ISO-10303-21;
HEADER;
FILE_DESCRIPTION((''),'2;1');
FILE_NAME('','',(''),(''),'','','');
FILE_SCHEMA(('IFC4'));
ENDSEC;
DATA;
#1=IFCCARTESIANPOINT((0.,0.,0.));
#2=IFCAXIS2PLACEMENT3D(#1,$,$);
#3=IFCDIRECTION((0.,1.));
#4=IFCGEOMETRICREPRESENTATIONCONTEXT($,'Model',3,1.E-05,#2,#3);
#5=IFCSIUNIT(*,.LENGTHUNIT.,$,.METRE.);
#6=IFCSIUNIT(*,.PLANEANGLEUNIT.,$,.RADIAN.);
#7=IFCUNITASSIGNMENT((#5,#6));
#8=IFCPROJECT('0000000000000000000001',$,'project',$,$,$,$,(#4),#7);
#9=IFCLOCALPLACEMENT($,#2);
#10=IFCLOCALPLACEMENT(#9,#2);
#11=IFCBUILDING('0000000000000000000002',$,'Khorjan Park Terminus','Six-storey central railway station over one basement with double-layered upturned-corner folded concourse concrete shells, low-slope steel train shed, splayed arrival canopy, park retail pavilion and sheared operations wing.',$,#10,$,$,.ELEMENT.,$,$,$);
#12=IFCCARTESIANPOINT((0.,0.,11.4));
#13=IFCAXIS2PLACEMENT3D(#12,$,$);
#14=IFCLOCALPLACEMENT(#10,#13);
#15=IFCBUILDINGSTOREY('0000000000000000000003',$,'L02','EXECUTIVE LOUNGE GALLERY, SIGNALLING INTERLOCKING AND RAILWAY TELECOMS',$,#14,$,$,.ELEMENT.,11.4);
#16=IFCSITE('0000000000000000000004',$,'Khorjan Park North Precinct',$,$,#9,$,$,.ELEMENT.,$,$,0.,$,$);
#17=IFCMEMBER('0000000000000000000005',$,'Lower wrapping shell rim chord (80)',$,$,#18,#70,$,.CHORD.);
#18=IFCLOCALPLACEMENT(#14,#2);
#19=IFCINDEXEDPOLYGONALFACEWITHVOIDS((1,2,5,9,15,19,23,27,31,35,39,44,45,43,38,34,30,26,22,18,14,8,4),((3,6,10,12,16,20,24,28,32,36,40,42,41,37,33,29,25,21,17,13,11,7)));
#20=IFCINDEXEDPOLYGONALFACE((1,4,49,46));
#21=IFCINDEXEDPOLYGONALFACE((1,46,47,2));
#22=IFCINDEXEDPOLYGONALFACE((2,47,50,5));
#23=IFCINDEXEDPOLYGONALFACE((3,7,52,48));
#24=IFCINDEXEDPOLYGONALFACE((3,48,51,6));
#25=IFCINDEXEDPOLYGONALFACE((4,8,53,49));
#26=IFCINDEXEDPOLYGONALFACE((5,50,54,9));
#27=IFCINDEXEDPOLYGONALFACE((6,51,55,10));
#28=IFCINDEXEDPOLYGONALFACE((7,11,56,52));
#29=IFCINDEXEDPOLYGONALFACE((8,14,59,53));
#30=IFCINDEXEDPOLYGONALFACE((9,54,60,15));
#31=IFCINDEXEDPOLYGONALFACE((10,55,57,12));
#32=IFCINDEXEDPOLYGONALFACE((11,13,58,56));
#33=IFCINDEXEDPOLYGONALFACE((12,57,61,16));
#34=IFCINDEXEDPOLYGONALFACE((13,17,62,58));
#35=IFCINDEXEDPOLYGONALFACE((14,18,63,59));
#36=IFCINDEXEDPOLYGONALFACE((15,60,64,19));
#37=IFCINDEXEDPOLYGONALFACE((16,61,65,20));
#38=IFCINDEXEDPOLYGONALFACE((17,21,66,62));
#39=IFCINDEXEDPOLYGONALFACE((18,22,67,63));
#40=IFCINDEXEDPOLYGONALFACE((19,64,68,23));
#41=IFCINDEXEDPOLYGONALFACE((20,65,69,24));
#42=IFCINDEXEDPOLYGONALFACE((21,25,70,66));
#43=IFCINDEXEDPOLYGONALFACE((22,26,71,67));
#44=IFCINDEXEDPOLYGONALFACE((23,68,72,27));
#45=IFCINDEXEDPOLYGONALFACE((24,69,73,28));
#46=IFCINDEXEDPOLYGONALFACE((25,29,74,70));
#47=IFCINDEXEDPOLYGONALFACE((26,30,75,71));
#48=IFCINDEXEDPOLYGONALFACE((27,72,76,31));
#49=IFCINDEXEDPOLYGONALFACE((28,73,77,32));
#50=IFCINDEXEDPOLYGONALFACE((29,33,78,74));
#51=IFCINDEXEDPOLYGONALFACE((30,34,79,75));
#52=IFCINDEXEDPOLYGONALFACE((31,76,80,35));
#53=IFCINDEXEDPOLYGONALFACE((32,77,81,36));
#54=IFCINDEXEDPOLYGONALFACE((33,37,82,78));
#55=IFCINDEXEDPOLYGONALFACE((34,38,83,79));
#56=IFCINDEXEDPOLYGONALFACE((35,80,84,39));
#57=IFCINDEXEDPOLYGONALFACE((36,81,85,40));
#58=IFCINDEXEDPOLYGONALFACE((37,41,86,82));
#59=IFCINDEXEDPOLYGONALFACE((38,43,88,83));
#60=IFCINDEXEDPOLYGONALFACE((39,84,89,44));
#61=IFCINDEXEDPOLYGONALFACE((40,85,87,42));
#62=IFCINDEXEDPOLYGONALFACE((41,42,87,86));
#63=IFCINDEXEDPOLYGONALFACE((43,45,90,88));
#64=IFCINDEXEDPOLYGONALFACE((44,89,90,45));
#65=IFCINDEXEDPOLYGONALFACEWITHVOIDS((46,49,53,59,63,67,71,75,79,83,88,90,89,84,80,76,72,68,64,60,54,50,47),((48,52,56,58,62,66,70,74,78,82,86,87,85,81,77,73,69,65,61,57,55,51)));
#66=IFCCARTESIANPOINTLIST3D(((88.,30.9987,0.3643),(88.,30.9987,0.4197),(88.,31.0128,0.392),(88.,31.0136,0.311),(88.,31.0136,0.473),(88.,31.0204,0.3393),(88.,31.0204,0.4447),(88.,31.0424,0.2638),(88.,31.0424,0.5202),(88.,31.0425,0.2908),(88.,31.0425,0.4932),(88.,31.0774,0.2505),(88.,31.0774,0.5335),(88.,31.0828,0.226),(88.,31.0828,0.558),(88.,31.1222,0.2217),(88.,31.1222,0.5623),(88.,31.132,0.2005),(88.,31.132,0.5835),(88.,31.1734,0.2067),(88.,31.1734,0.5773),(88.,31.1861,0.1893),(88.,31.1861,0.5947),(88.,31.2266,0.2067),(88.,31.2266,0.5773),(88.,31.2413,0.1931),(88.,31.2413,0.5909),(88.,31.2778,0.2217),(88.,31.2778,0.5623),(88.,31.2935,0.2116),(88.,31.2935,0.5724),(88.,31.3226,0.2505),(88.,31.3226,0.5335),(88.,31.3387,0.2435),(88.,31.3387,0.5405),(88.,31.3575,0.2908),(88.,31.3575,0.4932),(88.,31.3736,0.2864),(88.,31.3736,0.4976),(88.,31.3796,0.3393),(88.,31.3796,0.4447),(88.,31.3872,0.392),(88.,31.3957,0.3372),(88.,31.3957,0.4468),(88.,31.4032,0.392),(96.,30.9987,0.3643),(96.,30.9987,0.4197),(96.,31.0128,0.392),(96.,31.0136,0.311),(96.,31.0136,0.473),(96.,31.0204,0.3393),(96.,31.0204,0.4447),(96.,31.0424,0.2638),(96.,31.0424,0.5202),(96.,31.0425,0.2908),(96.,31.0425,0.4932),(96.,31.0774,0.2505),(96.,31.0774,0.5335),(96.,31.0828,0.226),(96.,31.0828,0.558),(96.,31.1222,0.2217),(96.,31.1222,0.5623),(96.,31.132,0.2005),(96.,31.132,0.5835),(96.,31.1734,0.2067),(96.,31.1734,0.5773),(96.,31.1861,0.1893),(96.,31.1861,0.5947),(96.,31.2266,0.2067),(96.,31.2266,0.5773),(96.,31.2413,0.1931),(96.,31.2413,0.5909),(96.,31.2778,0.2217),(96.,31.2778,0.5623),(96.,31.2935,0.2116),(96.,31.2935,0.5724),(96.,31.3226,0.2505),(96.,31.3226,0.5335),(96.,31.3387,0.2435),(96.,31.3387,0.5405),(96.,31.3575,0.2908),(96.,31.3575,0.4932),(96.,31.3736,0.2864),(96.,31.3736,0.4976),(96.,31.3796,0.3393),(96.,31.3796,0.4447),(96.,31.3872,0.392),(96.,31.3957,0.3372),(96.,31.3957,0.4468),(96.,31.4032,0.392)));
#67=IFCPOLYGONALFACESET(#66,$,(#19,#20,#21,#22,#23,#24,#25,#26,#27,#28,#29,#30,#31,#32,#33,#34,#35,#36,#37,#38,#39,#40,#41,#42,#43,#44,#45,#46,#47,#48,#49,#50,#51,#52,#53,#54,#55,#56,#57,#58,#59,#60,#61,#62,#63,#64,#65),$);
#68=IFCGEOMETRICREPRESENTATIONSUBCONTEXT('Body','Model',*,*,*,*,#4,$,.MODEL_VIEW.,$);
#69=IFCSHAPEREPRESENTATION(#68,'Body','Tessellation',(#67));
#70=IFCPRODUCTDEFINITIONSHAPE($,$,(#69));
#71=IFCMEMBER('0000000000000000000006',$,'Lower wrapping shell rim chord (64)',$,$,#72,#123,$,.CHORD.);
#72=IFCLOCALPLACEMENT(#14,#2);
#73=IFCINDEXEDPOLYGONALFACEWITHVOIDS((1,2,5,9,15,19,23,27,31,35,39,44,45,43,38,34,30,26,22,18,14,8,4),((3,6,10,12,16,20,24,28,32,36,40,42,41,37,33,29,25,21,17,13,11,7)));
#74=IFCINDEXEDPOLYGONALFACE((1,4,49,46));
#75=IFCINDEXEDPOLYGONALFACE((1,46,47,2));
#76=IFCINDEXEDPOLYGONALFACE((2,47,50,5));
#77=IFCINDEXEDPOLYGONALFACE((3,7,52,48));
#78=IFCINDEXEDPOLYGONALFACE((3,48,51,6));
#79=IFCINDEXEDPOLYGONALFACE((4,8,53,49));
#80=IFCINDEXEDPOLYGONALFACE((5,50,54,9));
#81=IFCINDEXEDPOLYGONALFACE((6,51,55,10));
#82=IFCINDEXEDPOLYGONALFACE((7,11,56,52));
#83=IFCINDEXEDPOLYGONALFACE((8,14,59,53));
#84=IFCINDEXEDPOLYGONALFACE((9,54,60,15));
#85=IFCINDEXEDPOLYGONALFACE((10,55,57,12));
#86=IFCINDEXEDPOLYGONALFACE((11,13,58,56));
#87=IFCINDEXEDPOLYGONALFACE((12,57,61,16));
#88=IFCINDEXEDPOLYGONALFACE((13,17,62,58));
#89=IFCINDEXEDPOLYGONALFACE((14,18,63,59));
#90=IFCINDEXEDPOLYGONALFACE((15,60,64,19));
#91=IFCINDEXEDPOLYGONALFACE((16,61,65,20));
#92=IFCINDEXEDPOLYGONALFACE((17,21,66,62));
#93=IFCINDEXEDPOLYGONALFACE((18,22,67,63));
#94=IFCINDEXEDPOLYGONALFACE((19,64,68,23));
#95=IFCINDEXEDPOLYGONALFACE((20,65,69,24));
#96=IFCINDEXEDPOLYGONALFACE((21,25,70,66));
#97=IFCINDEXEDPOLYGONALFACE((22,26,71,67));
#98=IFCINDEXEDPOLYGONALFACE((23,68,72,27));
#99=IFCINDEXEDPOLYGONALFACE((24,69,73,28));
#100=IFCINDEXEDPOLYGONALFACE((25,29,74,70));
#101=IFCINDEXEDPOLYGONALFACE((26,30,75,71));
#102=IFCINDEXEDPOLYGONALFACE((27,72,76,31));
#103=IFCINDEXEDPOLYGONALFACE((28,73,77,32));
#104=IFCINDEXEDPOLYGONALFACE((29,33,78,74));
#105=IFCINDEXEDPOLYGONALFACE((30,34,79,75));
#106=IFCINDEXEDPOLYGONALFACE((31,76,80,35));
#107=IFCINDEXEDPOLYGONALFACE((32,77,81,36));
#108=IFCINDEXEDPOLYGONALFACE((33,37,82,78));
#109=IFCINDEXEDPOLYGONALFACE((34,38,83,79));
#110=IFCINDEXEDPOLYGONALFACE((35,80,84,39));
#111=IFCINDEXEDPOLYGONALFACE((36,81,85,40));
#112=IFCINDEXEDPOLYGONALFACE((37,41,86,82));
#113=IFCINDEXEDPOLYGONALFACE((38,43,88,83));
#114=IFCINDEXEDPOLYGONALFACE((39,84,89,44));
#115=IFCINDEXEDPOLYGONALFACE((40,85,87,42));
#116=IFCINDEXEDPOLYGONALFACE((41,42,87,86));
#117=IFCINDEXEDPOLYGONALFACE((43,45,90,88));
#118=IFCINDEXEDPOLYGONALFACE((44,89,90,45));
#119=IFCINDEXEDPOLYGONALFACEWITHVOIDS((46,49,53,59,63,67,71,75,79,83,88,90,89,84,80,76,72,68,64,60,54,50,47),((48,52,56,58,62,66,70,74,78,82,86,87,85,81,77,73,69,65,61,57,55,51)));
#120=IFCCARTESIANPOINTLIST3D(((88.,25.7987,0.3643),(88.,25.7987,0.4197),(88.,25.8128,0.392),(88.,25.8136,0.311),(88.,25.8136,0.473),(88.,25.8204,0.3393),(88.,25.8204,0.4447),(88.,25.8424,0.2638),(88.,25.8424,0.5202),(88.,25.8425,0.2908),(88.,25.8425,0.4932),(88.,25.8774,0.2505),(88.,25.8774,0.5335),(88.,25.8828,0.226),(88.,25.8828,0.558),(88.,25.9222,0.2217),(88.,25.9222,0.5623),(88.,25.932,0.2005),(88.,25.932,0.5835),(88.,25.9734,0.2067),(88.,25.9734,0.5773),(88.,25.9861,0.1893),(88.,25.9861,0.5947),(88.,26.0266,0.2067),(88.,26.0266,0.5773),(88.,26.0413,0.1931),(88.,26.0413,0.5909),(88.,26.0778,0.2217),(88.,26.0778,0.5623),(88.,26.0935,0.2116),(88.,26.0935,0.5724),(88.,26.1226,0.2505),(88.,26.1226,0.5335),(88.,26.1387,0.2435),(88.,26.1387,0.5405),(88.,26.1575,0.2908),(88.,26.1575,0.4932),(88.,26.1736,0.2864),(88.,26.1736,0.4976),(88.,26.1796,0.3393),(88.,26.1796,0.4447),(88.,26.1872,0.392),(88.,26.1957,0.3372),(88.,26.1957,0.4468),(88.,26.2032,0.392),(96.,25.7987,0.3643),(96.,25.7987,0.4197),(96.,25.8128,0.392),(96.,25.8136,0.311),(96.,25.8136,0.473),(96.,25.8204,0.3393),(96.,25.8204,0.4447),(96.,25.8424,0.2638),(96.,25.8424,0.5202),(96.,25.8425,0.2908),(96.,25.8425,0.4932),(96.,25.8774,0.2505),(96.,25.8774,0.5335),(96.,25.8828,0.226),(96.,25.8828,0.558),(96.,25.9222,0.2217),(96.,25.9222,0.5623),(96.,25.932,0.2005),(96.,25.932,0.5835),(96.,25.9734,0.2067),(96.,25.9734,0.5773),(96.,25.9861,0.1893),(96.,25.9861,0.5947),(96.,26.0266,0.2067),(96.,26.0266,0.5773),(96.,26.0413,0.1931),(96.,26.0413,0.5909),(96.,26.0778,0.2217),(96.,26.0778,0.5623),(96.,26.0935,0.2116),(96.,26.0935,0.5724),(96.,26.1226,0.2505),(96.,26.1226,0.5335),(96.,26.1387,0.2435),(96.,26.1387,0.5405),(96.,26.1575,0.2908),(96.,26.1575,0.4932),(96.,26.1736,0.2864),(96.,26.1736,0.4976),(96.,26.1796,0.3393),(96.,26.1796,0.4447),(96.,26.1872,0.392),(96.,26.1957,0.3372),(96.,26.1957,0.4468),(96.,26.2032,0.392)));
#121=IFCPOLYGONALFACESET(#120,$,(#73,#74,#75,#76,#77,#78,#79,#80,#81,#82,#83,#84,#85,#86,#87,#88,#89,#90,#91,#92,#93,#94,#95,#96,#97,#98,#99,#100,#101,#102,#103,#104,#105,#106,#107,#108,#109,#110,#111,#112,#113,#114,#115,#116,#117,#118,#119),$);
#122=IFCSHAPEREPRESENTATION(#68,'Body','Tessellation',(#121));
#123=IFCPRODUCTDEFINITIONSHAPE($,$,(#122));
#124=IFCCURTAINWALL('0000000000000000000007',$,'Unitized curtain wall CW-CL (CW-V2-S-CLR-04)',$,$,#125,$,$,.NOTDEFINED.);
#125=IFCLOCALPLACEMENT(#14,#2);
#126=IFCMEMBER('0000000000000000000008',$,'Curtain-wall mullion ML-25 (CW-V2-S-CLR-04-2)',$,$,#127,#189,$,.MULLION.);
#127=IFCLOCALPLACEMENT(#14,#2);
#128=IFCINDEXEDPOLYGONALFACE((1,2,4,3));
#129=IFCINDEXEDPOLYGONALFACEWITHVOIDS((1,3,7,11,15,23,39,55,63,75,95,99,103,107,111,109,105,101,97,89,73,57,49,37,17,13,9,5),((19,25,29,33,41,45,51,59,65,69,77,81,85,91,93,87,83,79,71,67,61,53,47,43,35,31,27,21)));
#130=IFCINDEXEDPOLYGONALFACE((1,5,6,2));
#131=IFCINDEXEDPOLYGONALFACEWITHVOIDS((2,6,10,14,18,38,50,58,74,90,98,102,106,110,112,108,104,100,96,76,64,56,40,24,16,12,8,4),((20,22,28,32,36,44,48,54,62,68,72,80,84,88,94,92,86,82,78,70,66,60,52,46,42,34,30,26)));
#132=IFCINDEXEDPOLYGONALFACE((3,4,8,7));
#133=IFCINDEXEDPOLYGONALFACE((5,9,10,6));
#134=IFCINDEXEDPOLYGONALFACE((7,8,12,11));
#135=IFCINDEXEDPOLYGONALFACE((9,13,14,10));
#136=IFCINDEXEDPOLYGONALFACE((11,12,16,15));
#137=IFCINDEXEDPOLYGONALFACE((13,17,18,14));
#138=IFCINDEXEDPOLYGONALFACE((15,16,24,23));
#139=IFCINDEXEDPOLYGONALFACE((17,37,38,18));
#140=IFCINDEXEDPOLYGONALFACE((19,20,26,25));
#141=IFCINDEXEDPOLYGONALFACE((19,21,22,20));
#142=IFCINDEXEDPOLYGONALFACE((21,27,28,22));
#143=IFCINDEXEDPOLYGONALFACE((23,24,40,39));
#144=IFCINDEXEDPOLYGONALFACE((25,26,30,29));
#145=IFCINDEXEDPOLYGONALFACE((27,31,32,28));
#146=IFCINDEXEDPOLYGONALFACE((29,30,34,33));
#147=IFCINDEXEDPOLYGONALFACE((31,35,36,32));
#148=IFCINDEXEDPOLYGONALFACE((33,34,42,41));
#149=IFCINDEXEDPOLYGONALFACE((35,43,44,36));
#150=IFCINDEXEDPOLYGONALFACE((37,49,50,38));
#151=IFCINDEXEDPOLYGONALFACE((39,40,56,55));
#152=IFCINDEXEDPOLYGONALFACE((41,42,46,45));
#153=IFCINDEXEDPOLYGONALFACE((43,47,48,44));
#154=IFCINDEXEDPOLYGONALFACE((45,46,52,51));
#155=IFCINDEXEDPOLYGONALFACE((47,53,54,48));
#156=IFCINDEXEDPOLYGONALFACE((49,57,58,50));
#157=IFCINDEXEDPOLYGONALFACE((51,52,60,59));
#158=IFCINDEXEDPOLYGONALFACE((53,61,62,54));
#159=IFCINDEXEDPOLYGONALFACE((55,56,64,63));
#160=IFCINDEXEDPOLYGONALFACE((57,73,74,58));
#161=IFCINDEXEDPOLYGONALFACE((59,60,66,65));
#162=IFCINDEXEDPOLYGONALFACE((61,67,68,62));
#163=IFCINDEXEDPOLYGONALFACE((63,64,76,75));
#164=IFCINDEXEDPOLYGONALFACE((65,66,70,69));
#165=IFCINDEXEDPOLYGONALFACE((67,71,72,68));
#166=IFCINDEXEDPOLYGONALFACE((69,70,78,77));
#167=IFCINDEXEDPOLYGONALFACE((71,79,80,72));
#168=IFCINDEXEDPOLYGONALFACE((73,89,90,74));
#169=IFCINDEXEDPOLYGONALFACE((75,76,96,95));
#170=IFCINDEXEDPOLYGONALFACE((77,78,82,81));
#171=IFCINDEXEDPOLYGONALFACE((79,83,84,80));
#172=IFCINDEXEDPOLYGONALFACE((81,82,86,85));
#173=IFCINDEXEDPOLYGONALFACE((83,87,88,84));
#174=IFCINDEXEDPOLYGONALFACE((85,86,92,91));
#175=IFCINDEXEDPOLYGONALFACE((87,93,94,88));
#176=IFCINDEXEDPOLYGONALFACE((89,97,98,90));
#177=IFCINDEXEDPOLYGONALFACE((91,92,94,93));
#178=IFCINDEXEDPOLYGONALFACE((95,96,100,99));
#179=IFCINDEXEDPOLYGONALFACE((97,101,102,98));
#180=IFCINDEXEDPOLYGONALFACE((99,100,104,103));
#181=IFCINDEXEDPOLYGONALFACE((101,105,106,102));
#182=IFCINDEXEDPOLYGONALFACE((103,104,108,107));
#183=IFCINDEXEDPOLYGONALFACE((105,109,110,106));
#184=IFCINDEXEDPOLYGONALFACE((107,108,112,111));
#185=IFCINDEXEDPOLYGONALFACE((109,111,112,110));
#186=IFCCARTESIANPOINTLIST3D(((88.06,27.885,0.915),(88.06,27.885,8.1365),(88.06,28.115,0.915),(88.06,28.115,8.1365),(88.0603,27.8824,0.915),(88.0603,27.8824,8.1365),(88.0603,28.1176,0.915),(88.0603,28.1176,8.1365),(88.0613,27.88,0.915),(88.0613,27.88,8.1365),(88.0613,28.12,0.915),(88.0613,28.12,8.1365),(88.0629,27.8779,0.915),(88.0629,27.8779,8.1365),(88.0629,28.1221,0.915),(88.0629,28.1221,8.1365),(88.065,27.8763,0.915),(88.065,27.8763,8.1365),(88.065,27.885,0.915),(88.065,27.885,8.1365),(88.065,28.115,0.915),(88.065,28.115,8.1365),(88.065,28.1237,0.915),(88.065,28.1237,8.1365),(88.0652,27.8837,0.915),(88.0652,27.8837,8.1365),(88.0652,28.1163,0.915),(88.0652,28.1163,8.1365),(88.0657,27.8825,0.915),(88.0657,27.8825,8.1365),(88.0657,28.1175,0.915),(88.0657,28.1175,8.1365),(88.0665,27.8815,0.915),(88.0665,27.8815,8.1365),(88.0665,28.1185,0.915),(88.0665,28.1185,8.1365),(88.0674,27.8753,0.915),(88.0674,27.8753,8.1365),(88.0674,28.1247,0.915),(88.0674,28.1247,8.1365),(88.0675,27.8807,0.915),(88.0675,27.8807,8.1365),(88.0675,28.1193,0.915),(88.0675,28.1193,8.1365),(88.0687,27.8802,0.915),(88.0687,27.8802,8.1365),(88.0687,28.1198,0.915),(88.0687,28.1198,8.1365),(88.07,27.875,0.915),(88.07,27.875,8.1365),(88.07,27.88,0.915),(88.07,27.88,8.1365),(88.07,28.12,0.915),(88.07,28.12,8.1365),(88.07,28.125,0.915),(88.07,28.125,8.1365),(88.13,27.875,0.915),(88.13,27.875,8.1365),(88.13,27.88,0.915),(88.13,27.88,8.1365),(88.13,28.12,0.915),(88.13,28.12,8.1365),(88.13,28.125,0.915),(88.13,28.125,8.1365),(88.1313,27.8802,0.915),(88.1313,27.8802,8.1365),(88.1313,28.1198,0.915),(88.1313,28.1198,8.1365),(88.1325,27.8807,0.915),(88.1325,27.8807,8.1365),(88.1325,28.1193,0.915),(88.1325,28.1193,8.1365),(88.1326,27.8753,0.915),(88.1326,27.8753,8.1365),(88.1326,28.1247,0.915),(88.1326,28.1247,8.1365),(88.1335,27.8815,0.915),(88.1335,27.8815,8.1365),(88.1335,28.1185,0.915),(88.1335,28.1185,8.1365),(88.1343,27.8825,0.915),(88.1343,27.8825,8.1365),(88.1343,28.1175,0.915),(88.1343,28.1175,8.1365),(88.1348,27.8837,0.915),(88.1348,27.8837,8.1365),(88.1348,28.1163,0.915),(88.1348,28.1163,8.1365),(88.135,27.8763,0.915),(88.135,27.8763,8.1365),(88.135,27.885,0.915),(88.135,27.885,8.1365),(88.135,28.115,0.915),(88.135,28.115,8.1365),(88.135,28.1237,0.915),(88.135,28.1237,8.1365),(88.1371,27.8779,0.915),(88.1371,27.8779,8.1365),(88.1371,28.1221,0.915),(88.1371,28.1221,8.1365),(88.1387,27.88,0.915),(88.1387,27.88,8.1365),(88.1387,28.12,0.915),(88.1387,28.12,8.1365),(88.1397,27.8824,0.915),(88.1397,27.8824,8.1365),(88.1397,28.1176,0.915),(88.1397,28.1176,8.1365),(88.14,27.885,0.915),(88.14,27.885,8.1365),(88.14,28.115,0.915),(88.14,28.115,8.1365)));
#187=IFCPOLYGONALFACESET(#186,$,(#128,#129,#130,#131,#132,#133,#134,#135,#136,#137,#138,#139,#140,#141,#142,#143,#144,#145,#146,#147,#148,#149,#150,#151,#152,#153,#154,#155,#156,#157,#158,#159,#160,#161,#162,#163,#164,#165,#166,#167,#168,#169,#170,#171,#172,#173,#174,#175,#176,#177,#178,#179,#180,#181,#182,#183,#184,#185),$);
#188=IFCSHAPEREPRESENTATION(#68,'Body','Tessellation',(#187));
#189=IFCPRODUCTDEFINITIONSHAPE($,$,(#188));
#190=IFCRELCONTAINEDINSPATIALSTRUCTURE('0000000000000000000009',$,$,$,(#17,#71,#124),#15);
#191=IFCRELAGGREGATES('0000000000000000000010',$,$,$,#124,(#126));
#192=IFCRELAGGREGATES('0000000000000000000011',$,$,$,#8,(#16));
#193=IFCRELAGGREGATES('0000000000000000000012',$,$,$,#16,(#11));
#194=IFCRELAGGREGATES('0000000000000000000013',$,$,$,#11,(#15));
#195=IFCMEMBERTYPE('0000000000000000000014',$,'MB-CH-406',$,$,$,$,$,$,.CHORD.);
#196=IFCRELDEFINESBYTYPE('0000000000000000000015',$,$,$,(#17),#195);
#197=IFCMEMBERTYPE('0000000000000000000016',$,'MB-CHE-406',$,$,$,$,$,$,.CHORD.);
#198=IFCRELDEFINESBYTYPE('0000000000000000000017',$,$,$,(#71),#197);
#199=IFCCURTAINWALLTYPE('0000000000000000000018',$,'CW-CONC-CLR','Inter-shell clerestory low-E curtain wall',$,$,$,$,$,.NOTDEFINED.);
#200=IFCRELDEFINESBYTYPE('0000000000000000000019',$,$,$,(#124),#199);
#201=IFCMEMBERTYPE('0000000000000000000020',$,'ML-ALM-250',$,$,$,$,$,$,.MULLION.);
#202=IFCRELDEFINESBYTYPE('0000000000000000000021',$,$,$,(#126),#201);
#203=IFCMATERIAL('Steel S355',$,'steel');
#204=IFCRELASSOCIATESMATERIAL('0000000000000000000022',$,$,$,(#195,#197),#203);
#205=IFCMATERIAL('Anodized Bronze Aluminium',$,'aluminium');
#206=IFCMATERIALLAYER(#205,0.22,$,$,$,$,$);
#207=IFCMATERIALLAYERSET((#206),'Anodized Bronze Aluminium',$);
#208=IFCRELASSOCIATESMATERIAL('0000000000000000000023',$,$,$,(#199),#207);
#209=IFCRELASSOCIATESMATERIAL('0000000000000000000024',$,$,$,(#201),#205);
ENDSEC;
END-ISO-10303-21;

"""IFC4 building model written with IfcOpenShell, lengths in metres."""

from ifc_helpers import new_model, si_unit, direction, frame, origin, origin_2d, place, context, subcontext, project, spatial, hollow_rectangle, hollow_circle, extrude, material, layer, layer_set, material_profile, profile_set, type_object, element, aggregate, save


model = new_model("IFC4")

# Units and contexts
model_context = context("Model", 3, precision=1e-05, world=origin(), true_north=direction((0.0, 1.0)))
body_context = subcontext(model_context, "Body", "Model", "MODEL_VIEW")
ifc_project = project(units=[si_unit("LENGTHUNIT", "METRE"), si_unit("PLANEANGLEUNIT", "RADIAN")], contexts=[model_context])

# Site, building, storey
site_placement = place(None, origin())
site = spatial("IfcSite", under=ifc_project, at=site_placement, Name="Khorjan Park North Precinct", CompositionType="ELEMENT", RefElevation=0.0)
building_placement = place(site_placement, origin())
building = spatial("IfcBuilding", under=site, at=building_placement, Name="Khorjan Park Terminus", Description="Six-storey central railway station over one basement with double-layered upturned-corner folded concourse concrete shells, low-slope steel train shed, splayed arrival canopy, park retail pavilion and sheared operations wing.", CompositionType="ELEMENT")
storey_placement = place(building_placement, frame((0.0, 0.0, 11.4)))
storey = spatial("IfcBuildingStorey", under=building, at=storey_placement, Name="L02", Description="EXECUTIVE LOUNGE GALLERY, SIGNALLING INTERLOCKING AND RAILWAY TELECOMS", CompositionType="ELEMENT", Elevation=11.4)

# Members
ifc_material_1 = material(Name="Steel S355", Category="steel")
ifc_material_profile_1 = material_profile(ifc_material_1, hollow_circle(Radius=0.2032, WallThickness=0.016, at=origin_2d()), Name="CHS 406.4x16")
ifc_profile_set_1 = profile_set([ifc_material_profile_1], Name="Steel S355")
member_type_1 = type_object("IfcMemberType", Name="MB-CH-406", PredefinedType="CHORD", material=ifc_profile_set_1)
member_1_placement = place(storey_placement, frame((88.0, 31.2, 0.392), z_axis=(1.0, 0.0, 0.0), x_axis=(0.0, 1.0, 0.0)))
element("IfcMember", 1, at=member_1_placement, inside=storey, type_object=member_type_1, Name="Lower wrapping shell rim chord (80)", PredefinedType="CHORD", context=body_context, shape_type="SweptSolid", body=[
    extrude(hollow_circle(Radius=0.2032, WallThickness=0.016, at=origin_2d()), origin(), (0.0, 0.0, 1.0), 8.0),
])
ifc_material_profile_2 = material_profile(ifc_material_1, hollow_circle(Radius=0.2032, WallThickness=0.016, at=origin_2d()), Name="CHS 406.4x16")
ifc_profile_set_2 = profile_set([ifc_material_profile_2], Name="Steel S355")
member_type_2 = type_object("IfcMemberType", Name="MB-CHE-406", PredefinedType="CHORD", material=ifc_profile_set_2)
member_2_placement = place(storey_placement, frame((88.0, 26.0, 0.392), z_axis=(1.0, 0.0, 0.0), x_axis=(0.0, 1.0, 0.0)))
element("IfcMember", 2, at=member_2_placement, inside=storey, type_object=member_type_2, Name="Lower wrapping shell rim chord (64)", PredefinedType="CHORD", context=body_context, shape_type="SweptSolid", body=[
    extrude(hollow_circle(Radius=0.2032, WallThickness=0.016, at=origin_2d()), origin(), (0.0, 0.0, 1.0), 8.0),
])

# Curtain wall, member
ifc_material_2 = material(Name="Anodized Bronze Aluminium", Category="aluminium")
ifc_layer_1 = layer(ifc_material_2, 0.22)
ifc_layer_set_1 = layer_set([ifc_layer_1], Name="Anodized Bronze Aluminium")
curtain_wall_type = type_object("IfcCurtainWallType", Name="CW-CONC-CLR", Description="Inter-shell clerestory low-E curtain wall", PredefinedType="NOTDEFINED", material=ifc_layer_set_1)
curtain_wall_1_placement = place(storey_placement, origin())
curtain_wall_1 = element("IfcCurtainWall", 3, at=curtain_wall_1_placement, inside=storey, type_object=curtain_wall_type, Name="Unitized curtain wall CW-CL (CW-V2-S-CLR-04)", PredefinedType="NOTDEFINED")
ifc_material_profile_3 = material_profile(ifc_material_2, hollow_rectangle(XDim=0.08, YDim=0.25, WallThickness=0.005, InnerFilletRadius=0.005, OuterFilletRadius=0.01, at=origin_2d()), Name="ALM 80x250x5")
ifc_profile_set_3 = profile_set([ifc_material_profile_3], Name="Anodized Bronze Aluminium")
member_type_3 = type_object("IfcMemberType", Name="ML-ALM-250", PredefinedType="MULLION", material=ifc_profile_set_3)
member_3_placement = place(storey_placement, frame((88.1, 28.0, 0.915), z_axis=(0.0, 0.0, 1.0), x_axis=(1.0, 0.0, 0.0)))
member_3 = element("IfcMember", 4, at=member_3_placement, type_object=member_type_3, Name="Curtain-wall mullion ML-25 (CW-V2-S-CLR-04-2)", PredefinedType="MULLION", context=body_context, shape_type="SweptSolid", body=[
    extrude(hollow_rectangle(XDim=0.08, YDim=0.25, WallThickness=0.005, InnerFilletRadius=0.005, OuterFilletRadius=0.01, at=origin_2d()), origin(), (0.0, 0.0, 1.0), 7.2215),
])

aggregate(curtain_wall_1, [member_3])

save(model, "model.ifc")
